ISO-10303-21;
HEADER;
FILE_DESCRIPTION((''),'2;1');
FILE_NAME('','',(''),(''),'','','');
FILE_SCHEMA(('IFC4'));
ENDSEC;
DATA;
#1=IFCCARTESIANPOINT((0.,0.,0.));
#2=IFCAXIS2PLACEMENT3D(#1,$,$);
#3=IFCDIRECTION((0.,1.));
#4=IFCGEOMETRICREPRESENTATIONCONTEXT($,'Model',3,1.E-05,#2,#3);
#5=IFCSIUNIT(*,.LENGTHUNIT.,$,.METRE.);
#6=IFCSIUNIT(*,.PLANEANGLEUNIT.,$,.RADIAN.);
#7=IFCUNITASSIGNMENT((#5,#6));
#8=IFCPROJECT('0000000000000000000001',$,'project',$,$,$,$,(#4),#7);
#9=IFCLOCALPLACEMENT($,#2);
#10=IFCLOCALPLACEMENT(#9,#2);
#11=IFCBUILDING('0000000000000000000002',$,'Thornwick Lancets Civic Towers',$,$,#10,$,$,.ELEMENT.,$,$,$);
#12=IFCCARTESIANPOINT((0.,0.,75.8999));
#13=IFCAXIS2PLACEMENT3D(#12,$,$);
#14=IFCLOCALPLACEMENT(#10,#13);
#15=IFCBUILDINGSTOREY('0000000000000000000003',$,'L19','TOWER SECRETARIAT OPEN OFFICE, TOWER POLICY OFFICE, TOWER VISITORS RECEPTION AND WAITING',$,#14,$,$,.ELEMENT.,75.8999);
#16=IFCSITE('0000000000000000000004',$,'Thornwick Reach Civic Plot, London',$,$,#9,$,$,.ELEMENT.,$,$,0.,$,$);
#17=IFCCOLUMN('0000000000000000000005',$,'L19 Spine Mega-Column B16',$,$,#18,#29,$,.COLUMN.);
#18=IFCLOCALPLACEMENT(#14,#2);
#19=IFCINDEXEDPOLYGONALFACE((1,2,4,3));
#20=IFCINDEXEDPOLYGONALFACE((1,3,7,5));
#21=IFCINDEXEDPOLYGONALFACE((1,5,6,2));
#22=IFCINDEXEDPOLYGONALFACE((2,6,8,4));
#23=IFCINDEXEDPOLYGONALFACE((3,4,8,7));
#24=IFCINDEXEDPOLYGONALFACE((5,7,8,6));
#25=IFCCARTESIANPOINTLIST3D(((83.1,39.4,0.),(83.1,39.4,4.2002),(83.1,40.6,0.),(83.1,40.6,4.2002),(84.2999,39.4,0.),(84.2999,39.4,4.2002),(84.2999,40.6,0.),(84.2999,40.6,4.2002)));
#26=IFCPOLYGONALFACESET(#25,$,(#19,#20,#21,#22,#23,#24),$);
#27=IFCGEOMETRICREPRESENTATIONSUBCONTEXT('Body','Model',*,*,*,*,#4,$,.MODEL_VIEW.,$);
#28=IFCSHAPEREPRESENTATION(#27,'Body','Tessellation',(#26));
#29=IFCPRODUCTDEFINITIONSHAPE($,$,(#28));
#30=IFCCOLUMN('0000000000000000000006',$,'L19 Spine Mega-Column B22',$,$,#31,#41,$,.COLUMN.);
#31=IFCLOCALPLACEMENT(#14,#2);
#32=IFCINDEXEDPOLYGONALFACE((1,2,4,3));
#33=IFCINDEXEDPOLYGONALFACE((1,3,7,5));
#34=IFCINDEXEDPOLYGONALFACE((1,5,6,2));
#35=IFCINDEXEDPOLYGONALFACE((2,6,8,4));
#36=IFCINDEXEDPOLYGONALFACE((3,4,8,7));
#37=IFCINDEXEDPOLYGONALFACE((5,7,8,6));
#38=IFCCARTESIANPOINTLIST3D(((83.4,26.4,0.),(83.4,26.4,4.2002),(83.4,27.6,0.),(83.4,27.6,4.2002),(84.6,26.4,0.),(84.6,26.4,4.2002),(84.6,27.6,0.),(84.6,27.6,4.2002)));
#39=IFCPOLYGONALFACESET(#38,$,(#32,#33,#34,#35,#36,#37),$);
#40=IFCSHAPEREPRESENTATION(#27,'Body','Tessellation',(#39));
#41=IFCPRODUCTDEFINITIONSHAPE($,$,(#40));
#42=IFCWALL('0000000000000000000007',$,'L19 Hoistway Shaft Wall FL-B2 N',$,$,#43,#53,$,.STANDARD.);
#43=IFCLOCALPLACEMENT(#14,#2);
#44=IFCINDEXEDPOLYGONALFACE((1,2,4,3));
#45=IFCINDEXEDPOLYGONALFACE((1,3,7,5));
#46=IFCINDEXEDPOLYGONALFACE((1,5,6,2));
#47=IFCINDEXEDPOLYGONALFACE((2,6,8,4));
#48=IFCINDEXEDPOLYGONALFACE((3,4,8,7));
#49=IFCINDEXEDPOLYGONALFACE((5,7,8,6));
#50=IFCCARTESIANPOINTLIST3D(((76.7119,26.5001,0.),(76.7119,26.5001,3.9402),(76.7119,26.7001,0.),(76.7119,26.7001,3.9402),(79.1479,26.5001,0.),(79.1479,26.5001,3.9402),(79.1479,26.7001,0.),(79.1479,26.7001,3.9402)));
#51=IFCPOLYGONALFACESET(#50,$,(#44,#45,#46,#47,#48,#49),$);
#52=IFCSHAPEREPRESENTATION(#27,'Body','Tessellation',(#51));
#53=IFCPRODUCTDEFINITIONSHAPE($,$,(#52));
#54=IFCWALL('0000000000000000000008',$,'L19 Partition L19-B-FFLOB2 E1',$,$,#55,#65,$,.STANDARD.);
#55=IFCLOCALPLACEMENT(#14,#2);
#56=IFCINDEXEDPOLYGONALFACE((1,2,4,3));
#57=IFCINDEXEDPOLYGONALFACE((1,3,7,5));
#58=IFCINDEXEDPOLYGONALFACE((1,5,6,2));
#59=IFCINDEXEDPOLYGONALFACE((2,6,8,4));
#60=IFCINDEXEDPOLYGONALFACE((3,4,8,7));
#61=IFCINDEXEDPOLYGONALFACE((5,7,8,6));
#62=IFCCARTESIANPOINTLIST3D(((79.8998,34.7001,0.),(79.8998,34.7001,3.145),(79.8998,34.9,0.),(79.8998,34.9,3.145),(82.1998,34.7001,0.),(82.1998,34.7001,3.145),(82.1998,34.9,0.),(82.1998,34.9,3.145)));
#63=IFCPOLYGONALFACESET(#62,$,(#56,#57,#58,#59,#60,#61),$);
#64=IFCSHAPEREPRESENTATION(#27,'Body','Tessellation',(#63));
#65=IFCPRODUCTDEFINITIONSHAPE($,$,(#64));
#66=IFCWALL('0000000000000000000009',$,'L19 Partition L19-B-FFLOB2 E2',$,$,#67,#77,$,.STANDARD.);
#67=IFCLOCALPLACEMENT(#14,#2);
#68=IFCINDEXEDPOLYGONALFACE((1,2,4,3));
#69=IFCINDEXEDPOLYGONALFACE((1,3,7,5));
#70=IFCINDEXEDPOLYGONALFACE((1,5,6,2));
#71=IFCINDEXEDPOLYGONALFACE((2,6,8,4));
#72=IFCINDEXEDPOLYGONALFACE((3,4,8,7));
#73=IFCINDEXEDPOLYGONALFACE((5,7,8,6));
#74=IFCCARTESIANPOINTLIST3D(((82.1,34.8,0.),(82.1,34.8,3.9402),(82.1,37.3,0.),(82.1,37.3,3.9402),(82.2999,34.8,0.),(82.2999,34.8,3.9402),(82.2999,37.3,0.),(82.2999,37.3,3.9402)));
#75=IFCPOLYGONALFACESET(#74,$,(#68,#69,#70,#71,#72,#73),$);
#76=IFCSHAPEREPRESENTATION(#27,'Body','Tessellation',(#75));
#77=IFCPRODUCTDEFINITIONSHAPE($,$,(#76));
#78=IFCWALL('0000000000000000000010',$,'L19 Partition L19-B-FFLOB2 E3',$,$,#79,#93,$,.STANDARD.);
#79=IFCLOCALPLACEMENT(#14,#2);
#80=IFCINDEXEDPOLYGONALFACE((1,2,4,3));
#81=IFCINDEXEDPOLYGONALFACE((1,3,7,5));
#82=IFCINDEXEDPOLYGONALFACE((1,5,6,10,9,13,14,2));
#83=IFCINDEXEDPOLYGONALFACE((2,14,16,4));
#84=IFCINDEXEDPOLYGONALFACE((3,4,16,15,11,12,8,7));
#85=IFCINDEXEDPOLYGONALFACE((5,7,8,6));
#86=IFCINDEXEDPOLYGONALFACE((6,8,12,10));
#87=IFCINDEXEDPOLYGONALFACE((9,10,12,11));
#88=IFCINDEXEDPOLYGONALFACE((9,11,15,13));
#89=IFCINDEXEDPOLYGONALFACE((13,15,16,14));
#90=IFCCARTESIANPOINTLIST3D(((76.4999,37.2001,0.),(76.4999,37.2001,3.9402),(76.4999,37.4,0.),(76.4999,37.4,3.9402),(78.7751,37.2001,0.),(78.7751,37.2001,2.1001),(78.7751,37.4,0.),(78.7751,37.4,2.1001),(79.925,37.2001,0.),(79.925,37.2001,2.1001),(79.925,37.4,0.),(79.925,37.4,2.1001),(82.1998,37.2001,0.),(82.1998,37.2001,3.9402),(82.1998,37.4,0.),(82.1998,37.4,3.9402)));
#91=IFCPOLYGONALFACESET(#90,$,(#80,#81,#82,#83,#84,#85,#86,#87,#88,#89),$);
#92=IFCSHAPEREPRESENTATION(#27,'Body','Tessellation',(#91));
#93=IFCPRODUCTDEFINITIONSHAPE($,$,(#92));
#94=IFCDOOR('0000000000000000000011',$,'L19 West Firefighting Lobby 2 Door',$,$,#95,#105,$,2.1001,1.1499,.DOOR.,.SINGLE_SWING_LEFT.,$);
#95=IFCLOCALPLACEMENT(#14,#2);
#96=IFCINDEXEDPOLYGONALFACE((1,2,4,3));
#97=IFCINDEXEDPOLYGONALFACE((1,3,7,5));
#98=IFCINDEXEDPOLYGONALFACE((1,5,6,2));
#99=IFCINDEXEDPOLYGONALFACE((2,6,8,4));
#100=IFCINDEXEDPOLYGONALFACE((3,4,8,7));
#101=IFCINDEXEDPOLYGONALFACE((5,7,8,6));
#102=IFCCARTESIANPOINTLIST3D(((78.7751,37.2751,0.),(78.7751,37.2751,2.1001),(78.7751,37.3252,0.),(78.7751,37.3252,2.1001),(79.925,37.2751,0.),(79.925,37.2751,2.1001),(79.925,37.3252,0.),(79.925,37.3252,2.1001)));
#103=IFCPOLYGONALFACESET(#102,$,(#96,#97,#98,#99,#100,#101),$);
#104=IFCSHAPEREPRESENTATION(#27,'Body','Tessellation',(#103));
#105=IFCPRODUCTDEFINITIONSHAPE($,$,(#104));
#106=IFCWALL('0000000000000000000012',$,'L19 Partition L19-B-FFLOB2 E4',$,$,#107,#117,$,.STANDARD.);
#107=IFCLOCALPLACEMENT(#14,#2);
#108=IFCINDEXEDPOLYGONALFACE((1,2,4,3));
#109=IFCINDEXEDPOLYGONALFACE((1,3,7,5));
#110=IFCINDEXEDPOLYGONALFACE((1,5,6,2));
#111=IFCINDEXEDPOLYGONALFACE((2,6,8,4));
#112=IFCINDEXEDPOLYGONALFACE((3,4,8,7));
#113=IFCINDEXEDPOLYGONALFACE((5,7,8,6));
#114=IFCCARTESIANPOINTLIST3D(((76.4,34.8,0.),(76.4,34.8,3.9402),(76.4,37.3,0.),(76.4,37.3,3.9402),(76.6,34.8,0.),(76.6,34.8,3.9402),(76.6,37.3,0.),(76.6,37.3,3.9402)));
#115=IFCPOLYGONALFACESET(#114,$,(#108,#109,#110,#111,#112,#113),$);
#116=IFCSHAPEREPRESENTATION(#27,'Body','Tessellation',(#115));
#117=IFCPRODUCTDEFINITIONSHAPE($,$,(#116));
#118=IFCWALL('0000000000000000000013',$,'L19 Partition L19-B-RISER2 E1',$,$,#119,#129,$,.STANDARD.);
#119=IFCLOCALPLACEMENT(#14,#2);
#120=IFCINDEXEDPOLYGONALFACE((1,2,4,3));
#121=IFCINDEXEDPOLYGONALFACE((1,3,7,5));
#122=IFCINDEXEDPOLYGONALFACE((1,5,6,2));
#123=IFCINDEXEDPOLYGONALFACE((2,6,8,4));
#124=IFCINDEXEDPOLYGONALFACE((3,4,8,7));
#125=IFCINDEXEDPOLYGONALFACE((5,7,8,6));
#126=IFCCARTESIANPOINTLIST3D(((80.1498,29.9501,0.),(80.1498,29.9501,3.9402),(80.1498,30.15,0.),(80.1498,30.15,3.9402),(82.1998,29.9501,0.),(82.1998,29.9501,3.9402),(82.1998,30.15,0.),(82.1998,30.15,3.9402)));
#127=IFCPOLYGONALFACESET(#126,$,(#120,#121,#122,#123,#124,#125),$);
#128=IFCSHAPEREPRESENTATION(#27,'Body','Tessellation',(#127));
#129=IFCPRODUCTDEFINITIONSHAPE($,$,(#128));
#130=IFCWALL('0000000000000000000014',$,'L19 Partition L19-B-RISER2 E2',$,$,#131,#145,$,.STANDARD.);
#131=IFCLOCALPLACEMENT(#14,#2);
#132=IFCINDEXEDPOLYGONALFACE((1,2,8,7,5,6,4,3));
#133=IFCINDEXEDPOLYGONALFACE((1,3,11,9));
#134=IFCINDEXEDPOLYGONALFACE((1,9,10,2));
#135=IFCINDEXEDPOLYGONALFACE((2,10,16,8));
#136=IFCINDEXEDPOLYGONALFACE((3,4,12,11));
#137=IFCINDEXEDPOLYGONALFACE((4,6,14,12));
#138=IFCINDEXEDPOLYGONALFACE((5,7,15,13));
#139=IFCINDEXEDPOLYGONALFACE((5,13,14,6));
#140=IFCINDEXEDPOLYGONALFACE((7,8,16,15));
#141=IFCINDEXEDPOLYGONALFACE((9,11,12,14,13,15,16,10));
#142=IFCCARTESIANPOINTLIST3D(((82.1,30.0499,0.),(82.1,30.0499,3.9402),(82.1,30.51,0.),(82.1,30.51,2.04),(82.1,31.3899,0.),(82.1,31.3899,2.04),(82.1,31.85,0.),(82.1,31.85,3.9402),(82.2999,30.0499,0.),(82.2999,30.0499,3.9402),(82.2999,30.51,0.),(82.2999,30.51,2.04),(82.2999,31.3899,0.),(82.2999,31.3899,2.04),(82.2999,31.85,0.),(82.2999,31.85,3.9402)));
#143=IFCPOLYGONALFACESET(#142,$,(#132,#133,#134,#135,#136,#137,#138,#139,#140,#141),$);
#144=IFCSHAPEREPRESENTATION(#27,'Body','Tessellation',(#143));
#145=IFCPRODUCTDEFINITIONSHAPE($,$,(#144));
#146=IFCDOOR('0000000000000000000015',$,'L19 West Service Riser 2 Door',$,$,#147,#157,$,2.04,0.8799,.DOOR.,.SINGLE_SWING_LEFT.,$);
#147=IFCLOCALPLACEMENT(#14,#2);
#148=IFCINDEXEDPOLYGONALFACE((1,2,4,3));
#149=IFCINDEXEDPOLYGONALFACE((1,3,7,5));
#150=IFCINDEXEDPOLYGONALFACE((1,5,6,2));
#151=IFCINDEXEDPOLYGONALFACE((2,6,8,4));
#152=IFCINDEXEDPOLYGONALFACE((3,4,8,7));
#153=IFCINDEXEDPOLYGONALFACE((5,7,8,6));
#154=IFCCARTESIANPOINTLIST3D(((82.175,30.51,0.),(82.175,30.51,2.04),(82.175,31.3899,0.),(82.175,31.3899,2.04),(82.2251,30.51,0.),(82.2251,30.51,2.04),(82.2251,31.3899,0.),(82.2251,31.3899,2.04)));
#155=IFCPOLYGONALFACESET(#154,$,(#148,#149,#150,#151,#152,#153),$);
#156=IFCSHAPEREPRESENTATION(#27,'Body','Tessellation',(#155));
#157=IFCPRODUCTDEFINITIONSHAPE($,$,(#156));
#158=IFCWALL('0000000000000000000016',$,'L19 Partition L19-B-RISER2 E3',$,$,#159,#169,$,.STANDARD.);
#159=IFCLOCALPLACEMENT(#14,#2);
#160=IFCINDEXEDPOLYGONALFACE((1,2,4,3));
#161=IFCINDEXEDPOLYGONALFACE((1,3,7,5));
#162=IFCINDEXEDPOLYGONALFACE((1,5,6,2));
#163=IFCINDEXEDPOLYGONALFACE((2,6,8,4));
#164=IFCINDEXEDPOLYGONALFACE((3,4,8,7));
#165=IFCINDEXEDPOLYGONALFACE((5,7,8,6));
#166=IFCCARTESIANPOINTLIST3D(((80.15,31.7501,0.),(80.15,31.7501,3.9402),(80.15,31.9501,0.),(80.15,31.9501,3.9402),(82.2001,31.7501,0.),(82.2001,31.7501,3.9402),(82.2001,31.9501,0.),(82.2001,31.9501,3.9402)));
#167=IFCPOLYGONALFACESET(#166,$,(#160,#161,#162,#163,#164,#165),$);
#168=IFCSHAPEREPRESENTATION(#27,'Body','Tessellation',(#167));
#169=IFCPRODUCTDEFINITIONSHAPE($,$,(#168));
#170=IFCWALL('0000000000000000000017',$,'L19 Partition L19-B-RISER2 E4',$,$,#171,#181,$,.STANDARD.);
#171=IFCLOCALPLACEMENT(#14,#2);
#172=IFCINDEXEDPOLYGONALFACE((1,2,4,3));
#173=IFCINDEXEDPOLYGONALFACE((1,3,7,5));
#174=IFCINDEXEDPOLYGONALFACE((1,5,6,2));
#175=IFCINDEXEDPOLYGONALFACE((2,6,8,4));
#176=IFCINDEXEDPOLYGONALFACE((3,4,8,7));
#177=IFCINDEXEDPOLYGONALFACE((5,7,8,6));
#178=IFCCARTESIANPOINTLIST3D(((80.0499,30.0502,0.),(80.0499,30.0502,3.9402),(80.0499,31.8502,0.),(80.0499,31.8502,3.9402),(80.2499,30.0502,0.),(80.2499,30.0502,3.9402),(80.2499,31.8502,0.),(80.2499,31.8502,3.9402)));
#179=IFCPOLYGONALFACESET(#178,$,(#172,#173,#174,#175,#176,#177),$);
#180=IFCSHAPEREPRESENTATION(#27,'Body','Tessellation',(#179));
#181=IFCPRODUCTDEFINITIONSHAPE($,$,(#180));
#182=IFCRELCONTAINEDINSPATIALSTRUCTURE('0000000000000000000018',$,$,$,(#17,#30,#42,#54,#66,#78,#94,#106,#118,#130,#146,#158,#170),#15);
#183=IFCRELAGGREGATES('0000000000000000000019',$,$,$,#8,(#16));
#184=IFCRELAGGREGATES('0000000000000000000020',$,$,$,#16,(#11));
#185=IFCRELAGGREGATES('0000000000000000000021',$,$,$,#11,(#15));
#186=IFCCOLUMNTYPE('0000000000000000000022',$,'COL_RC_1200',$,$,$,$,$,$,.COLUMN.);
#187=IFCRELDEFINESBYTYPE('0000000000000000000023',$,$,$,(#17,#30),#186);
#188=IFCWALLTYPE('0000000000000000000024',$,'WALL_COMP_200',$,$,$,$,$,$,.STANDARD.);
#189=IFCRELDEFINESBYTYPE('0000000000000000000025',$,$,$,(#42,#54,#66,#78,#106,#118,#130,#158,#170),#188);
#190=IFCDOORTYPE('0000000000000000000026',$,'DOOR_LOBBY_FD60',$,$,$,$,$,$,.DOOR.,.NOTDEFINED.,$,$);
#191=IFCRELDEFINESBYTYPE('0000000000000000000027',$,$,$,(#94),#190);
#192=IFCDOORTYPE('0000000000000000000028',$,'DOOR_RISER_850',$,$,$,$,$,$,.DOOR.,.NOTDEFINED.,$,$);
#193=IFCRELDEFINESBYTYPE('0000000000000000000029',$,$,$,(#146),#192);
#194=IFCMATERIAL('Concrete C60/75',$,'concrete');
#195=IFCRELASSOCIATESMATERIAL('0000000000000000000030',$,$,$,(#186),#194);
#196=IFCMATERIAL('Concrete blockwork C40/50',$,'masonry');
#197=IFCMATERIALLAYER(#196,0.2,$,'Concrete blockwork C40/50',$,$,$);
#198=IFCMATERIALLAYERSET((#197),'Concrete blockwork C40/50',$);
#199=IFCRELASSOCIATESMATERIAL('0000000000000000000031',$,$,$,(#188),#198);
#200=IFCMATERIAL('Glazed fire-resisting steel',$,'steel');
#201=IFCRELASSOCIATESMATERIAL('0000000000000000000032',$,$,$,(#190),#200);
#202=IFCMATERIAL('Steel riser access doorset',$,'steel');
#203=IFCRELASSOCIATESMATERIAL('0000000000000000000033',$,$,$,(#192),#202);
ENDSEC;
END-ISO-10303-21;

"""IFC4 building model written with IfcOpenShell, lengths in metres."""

from ifc_helpers import new_model, si_unit, direction, frame, frame_2d, origin, origin_2d, place, context, subcontext, project, spatial, rectangle, extrude, material, layer, layer_set, material_profile, profile_set, type_object, element, fill, save


model = new_model("IFC4")

# Units and contexts
model_context = context("Model", 3, precision=1e-05, world=origin(), true_north=direction((0.0, 1.0)))
body_context = subcontext(model_context, "Body", "Model", "MODEL_VIEW")
ifc_project = project(units=[si_unit("LENGTHUNIT", "METRE"), si_unit("PLANEANGLEUNIT", "RADIAN")], contexts=[model_context])

# Site, building, storey
site_placement = place(None, origin())
site = spatial("IfcSite", under=ifc_project, at=site_placement, Name="Thornwick Reach Civic Plot, London", CompositionType="ELEMENT", RefElevation=0.0)
building_placement = place(site_placement, origin())
building = spatial("IfcBuilding", under=site, at=building_placement, Name="Thornwick Lancets Civic Towers", CompositionType="ELEMENT")
storey_placement = place(building_placement, frame((0.0, 0.0, 75.8999)))
storey = spatial("IfcBuildingStorey", under=building, at=storey_placement, Name="L19", Description="TOWER SECRETARIAT OPEN OFFICE, TOWER POLICY OFFICE, TOWER VISITORS RECEPTION AND WAITING", CompositionType="ELEMENT", Elevation=75.8999)

# Columns
ifc_material_1 = material(Name="Concrete C60/75", Category="concrete")
ifc_material_profile = material_profile(ifc_material_1, rectangle(XDim=1.2, YDim=1.2, at=origin_2d()), Name="RC 1200x1200")
ifc_profile_set = profile_set([ifc_material_profile], Name="Concrete C60/75")
column_type = type_object("IfcColumnType", Name="COL_RC_1200", PredefinedType="COLUMN", material=ifc_profile_set)
for number, where, z_axis, x_axis, name in (
    (1, (83.7, 40.0, 0.0), (0.0, 0.0, 1.0), (1.0, 0.0, 0.0), "L19 Spine Mega-Column B16"),
    (2, (84.0, 27.0, 0.0), (0.0, 0.0, 1.0), (1.0, 0.0, 0.0), "L19 Spine Mega-Column B22"),
):
    element("IfcColumn", number, at=place(storey_placement, frame(where, z_axis=z_axis, x_axis=x_axis)), inside=storey, type_object=column_type, Name=name, PredefinedType="COLUMN", context=body_context, shape_type="SweptSolid", body=[
        extrude(rectangle(XDim=1.2, YDim=1.2, at=origin_2d()), origin(), (0.0, 0.0, 1.0), 4.2002),
    ])

# Walls
ifc_material_2 = material(Name="Concrete blockwork C40/50", Category="masonry")
ifc_layer_1 = layer(ifc_material_2, 0.2, Name="Concrete blockwork C40/50")
ifc_layer_set_1 = layer_set([ifc_layer_1], Name="Concrete blockwork C40/50")
wall_type_1 = type_object("IfcWallType", Name="WALL_COMP_200", PredefinedType="STANDARD", material=ifc_layer_set_1)
wall_1_placement = place(storey_placement, frame((76.7119, 26.6001, 0.0), z_axis=(0.0, 0.0, 1.0), x_axis=(1.0, 0.0, 0.0)))
element("IfcWall", 3, at=wall_1_placement, inside=storey, type_object=wall_type_1, Name="L19 Hoistway Shaft Wall FL-B2 N", PredefinedType="STANDARD", context=body_context, shape_type="SweptSolid", body=[
    extrude(rectangle(XDim=2.436, YDim=0.2, at=frame_2d((1.218, 0.0))), origin(), (0.0, 0.0, 1.0), 3.9402),
])
wall_2_placement = place(storey_placement, frame((79.8999, 34.8, 0.0), z_axis=(0.0, 0.0, 1.0), x_axis=(1.0, 0.0, 0.0)))
element("IfcWall", 4, at=wall_2_placement, inside=storey, type_object=wall_type_1, Name="L19 Partition L19-B-FFLOB2 E1", PredefinedType="STANDARD", context=body_context, shape_type="SweptSolid", body=[
    extrude(rectangle(XDim=2.3, YDim=0.2, at=frame_2d((1.1499, 0.0))), origin(), (0.0, 0.0, 1.0), 3.145),
])
wall_3_placement = place(storey_placement, frame((82.2, 34.8, 0.0), z_axis=(0.0, 0.0, 1.0), x_axis=(0.0, 1.0, 0.0)))
element("IfcWall", 5, at=wall_3_placement, inside=storey, type_object=wall_type_1, Name="L19 Partition L19-B-FFLOB2 E2", PredefinedType="STANDARD", context=body_context, shape_type="SweptSolid", body=[
    extrude(rectangle(XDim=2.5, YDim=0.2, at=frame_2d((1.25, 0.0))), origin(), (0.0, 0.0, 1.0), 3.9402),
])

# Wall, opening, door
wall_4_placement = place(storey_placement, frame((82.2, 37.3, 0.0), z_axis=(0.0, 0.0, 1.0), x_axis=(-1.0, 0.0, 0.0)))
wall_4 = element("IfcWall", 6, at=wall_4_placement, inside=storey, type_object=wall_type_1, Name="L19 Partition L19-B-FFLOB2 E3", PredefinedType="STANDARD", context=body_context, shape_type="SweptSolid", body=[
    extrude(rectangle(XDim=5.7, YDim=0.2, at=frame_2d((2.8501, 0.0))), origin(), (0.0, 0.0, 1.0), 3.9402),
])
opening_1_placement = place(wall_4_placement, frame((2.2749, 0.0, 0.0)))
opening_1 = element("IfcOpeningElement", 7, at=opening_1_placement, cuts=wall_4, PredefinedType="OPENING", context=body_context, shape_type="SweptSolid", body=[
    extrude(rectangle(XDim=1.1499, YDim=2.1001, at=frame_2d((0.575, 1.05))), frame((0.0, 0.1099, 0.0), z_axis=(0.0, -1.0, 0.0), x_axis=(1.0, 0.0, 0.0)), (0.0, 0.0, 1.0), 0.22),
])
ifc_material_3 = material(Name="Glazed fire-resisting steel", Category="steel")
door_type_1 = type_object("IfcDoorType", Name="DOOR_LOBBY_FD60", OperationType="NOTDEFINED", PredefinedType="DOOR", material=ifc_material_3)
door_1_placement = place(opening_1_placement, origin())
door_1 = element("IfcDoor", 8, at=door_1_placement, inside=storey, type_object=door_type_1, Name="L19 West Firefighting Lobby 2 Door", OperationType="SINGLE_SWING_LEFT", OverallHeight=2.1001, OverallWidth=1.1499, PredefinedType="DOOR", context=body_context, shape_type="SweptSolid", body=[
    extrude(rectangle(XDim=1.1499, YDim=2.1001, at=frame_2d((0.575, 1.05))), frame((0.0, 0.0249, 0.0), z_axis=(0.0, -1.0, 0.0), x_axis=(1.0, 0.0, 0.0)), (0.0, 0.0, 1.0), 0.05),
])
fill(opening_1, door_1)

# Walls
wall_5_placement = place(storey_placement, frame((76.5, 37.3, 0.0), z_axis=(0.0, 0.0, 1.0), x_axis=(0.0, -1.0, 0.0)))
element("IfcWall", 9, at=wall_5_placement, inside=storey, type_object=wall_type_1, Name="L19 Partition L19-B-FFLOB2 E4", PredefinedType="STANDARD", context=body_context, shape_type="SweptSolid", body=[
    extrude(rectangle(XDim=2.5, YDim=0.2, at=frame_2d((1.25, 0.0))), origin(), (0.0, 0.0, 1.0), 3.9402),
])
wall_6_placement = place(storey_placement, frame((80.1499, 30.05, 0.0), z_axis=(0.0, 0.0, 1.0), x_axis=(1.0, 0.0, 0.0)))
element("IfcWall", 10, at=wall_6_placement, inside=storey, type_object=wall_type_1, Name="L19 Partition L19-B-RISER2 E1", PredefinedType="STANDARD", context=body_context, shape_type="SweptSolid", body=[
    extrude(rectangle(XDim=2.05, YDim=0.2, at=frame_2d((1.0249, 0.0))), origin(), (0.0, 0.0, 1.0), 3.9402),
])

# Wall, opening, door
wall_7_placement = place(storey_placement, frame((82.2, 30.05, 0.0), z_axis=(0.0, 0.0, 1.0), x_axis=(0.0, 1.0, 0.0)))
wall_7 = element("IfcWall", 11, at=wall_7_placement, inside=storey, type_object=wall_type_1, Name="L19 Partition L19-B-RISER2 E2", PredefinedType="STANDARD", context=body_context, shape_type="SweptSolid", body=[
    extrude(rectangle(XDim=1.8, YDim=0.2, at=frame_2d((0.8999, 0.0))), origin(), (0.0, 0.0, 1.0), 3.9402),
])
opening_2_placement = place(wall_7_placement, frame((0.46, 0.0, 0.0)))
opening_2 = element("IfcOpeningElement", 12, at=opening_2_placement, cuts=wall_7, PredefinedType="OPENING", context=body_context, shape_type="SweptSolid", body=[
    extrude(rectangle(XDim=0.8799, YDim=2.04, at=frame_2d((0.4399, 1.02))), frame((0.0, 0.1099, 0.0), z_axis=(0.0, -1.0, 0.0), x_axis=(1.0, 0.0, 0.0)), (0.0, 0.0, 1.0), 0.22),
])
ifc_material_4 = material(Name="Steel riser access doorset", Category="steel")
door_type_2 = type_object("IfcDoorType", Name="DOOR_RISER_850", OperationType="NOTDEFINED", PredefinedType="DOOR", material=ifc_material_4)
door_2_placement = place(opening_2_placement, origin())
door_2 = element("IfcDoor", 13, at=door_2_placement, inside=storey, type_object=door_type_2, Name="L19 West Service Riser 2 Door", OperationType="SINGLE_SWING_LEFT", OverallHeight=2.04, OverallWidth=0.8799, PredefinedType="DOOR", context=body_context, shape_type="SweptSolid", body=[
    extrude(rectangle(XDim=0.8799, YDim=2.04, at=frame_2d((0.4399, 1.02))), frame((0.0, 0.0249, 0.0), z_axis=(0.0, -1.0, 0.0), x_axis=(1.0, 0.0, 0.0)), (0.0, 0.0, 1.0), 0.05),
])
fill(opening_2, door_2)

# Walls
wall_8_placement = place(storey_placement, frame((82.2, 31.8501, 0.0), z_axis=(0.0, 0.0, 1.0), x_axis=(-1.0, 0.0, 0.0)))
element("IfcWall", 14, at=wall_8_placement, inside=storey, type_object=wall_type_1, Name="L19 Partition L19-B-RISER2 E3", PredefinedType="STANDARD", context=body_context, shape_type="SweptSolid", body=[
    extrude(rectangle(XDim=2.05, YDim=0.2, at=frame_2d((1.0249, 0.0))), origin(), (0.0, 0.0, 1.0), 3.9402),
])
wall_9_placement = place(storey_placement, frame((80.1499, 31.8501, 0.0), z_axis=(0.0, 0.0, 1.0), x_axis=(0.0, -1.0, 0.0)))
element("IfcWall", 15, at=wall_9_placement, inside=storey, type_object=wall_type_1, Name="L19 Partition L19-B-RISER2 E4", PredefinedType="STANDARD", context=body_context, shape_type="SweptSolid", body=[
    extrude(rectangle(XDim=1.8, YDim=0.2, at=frame_2d((0.8999, 0.0))), origin(), (0.0, 0.0, 1.0), 3.9402),
])

save(model, "model.ifc")
